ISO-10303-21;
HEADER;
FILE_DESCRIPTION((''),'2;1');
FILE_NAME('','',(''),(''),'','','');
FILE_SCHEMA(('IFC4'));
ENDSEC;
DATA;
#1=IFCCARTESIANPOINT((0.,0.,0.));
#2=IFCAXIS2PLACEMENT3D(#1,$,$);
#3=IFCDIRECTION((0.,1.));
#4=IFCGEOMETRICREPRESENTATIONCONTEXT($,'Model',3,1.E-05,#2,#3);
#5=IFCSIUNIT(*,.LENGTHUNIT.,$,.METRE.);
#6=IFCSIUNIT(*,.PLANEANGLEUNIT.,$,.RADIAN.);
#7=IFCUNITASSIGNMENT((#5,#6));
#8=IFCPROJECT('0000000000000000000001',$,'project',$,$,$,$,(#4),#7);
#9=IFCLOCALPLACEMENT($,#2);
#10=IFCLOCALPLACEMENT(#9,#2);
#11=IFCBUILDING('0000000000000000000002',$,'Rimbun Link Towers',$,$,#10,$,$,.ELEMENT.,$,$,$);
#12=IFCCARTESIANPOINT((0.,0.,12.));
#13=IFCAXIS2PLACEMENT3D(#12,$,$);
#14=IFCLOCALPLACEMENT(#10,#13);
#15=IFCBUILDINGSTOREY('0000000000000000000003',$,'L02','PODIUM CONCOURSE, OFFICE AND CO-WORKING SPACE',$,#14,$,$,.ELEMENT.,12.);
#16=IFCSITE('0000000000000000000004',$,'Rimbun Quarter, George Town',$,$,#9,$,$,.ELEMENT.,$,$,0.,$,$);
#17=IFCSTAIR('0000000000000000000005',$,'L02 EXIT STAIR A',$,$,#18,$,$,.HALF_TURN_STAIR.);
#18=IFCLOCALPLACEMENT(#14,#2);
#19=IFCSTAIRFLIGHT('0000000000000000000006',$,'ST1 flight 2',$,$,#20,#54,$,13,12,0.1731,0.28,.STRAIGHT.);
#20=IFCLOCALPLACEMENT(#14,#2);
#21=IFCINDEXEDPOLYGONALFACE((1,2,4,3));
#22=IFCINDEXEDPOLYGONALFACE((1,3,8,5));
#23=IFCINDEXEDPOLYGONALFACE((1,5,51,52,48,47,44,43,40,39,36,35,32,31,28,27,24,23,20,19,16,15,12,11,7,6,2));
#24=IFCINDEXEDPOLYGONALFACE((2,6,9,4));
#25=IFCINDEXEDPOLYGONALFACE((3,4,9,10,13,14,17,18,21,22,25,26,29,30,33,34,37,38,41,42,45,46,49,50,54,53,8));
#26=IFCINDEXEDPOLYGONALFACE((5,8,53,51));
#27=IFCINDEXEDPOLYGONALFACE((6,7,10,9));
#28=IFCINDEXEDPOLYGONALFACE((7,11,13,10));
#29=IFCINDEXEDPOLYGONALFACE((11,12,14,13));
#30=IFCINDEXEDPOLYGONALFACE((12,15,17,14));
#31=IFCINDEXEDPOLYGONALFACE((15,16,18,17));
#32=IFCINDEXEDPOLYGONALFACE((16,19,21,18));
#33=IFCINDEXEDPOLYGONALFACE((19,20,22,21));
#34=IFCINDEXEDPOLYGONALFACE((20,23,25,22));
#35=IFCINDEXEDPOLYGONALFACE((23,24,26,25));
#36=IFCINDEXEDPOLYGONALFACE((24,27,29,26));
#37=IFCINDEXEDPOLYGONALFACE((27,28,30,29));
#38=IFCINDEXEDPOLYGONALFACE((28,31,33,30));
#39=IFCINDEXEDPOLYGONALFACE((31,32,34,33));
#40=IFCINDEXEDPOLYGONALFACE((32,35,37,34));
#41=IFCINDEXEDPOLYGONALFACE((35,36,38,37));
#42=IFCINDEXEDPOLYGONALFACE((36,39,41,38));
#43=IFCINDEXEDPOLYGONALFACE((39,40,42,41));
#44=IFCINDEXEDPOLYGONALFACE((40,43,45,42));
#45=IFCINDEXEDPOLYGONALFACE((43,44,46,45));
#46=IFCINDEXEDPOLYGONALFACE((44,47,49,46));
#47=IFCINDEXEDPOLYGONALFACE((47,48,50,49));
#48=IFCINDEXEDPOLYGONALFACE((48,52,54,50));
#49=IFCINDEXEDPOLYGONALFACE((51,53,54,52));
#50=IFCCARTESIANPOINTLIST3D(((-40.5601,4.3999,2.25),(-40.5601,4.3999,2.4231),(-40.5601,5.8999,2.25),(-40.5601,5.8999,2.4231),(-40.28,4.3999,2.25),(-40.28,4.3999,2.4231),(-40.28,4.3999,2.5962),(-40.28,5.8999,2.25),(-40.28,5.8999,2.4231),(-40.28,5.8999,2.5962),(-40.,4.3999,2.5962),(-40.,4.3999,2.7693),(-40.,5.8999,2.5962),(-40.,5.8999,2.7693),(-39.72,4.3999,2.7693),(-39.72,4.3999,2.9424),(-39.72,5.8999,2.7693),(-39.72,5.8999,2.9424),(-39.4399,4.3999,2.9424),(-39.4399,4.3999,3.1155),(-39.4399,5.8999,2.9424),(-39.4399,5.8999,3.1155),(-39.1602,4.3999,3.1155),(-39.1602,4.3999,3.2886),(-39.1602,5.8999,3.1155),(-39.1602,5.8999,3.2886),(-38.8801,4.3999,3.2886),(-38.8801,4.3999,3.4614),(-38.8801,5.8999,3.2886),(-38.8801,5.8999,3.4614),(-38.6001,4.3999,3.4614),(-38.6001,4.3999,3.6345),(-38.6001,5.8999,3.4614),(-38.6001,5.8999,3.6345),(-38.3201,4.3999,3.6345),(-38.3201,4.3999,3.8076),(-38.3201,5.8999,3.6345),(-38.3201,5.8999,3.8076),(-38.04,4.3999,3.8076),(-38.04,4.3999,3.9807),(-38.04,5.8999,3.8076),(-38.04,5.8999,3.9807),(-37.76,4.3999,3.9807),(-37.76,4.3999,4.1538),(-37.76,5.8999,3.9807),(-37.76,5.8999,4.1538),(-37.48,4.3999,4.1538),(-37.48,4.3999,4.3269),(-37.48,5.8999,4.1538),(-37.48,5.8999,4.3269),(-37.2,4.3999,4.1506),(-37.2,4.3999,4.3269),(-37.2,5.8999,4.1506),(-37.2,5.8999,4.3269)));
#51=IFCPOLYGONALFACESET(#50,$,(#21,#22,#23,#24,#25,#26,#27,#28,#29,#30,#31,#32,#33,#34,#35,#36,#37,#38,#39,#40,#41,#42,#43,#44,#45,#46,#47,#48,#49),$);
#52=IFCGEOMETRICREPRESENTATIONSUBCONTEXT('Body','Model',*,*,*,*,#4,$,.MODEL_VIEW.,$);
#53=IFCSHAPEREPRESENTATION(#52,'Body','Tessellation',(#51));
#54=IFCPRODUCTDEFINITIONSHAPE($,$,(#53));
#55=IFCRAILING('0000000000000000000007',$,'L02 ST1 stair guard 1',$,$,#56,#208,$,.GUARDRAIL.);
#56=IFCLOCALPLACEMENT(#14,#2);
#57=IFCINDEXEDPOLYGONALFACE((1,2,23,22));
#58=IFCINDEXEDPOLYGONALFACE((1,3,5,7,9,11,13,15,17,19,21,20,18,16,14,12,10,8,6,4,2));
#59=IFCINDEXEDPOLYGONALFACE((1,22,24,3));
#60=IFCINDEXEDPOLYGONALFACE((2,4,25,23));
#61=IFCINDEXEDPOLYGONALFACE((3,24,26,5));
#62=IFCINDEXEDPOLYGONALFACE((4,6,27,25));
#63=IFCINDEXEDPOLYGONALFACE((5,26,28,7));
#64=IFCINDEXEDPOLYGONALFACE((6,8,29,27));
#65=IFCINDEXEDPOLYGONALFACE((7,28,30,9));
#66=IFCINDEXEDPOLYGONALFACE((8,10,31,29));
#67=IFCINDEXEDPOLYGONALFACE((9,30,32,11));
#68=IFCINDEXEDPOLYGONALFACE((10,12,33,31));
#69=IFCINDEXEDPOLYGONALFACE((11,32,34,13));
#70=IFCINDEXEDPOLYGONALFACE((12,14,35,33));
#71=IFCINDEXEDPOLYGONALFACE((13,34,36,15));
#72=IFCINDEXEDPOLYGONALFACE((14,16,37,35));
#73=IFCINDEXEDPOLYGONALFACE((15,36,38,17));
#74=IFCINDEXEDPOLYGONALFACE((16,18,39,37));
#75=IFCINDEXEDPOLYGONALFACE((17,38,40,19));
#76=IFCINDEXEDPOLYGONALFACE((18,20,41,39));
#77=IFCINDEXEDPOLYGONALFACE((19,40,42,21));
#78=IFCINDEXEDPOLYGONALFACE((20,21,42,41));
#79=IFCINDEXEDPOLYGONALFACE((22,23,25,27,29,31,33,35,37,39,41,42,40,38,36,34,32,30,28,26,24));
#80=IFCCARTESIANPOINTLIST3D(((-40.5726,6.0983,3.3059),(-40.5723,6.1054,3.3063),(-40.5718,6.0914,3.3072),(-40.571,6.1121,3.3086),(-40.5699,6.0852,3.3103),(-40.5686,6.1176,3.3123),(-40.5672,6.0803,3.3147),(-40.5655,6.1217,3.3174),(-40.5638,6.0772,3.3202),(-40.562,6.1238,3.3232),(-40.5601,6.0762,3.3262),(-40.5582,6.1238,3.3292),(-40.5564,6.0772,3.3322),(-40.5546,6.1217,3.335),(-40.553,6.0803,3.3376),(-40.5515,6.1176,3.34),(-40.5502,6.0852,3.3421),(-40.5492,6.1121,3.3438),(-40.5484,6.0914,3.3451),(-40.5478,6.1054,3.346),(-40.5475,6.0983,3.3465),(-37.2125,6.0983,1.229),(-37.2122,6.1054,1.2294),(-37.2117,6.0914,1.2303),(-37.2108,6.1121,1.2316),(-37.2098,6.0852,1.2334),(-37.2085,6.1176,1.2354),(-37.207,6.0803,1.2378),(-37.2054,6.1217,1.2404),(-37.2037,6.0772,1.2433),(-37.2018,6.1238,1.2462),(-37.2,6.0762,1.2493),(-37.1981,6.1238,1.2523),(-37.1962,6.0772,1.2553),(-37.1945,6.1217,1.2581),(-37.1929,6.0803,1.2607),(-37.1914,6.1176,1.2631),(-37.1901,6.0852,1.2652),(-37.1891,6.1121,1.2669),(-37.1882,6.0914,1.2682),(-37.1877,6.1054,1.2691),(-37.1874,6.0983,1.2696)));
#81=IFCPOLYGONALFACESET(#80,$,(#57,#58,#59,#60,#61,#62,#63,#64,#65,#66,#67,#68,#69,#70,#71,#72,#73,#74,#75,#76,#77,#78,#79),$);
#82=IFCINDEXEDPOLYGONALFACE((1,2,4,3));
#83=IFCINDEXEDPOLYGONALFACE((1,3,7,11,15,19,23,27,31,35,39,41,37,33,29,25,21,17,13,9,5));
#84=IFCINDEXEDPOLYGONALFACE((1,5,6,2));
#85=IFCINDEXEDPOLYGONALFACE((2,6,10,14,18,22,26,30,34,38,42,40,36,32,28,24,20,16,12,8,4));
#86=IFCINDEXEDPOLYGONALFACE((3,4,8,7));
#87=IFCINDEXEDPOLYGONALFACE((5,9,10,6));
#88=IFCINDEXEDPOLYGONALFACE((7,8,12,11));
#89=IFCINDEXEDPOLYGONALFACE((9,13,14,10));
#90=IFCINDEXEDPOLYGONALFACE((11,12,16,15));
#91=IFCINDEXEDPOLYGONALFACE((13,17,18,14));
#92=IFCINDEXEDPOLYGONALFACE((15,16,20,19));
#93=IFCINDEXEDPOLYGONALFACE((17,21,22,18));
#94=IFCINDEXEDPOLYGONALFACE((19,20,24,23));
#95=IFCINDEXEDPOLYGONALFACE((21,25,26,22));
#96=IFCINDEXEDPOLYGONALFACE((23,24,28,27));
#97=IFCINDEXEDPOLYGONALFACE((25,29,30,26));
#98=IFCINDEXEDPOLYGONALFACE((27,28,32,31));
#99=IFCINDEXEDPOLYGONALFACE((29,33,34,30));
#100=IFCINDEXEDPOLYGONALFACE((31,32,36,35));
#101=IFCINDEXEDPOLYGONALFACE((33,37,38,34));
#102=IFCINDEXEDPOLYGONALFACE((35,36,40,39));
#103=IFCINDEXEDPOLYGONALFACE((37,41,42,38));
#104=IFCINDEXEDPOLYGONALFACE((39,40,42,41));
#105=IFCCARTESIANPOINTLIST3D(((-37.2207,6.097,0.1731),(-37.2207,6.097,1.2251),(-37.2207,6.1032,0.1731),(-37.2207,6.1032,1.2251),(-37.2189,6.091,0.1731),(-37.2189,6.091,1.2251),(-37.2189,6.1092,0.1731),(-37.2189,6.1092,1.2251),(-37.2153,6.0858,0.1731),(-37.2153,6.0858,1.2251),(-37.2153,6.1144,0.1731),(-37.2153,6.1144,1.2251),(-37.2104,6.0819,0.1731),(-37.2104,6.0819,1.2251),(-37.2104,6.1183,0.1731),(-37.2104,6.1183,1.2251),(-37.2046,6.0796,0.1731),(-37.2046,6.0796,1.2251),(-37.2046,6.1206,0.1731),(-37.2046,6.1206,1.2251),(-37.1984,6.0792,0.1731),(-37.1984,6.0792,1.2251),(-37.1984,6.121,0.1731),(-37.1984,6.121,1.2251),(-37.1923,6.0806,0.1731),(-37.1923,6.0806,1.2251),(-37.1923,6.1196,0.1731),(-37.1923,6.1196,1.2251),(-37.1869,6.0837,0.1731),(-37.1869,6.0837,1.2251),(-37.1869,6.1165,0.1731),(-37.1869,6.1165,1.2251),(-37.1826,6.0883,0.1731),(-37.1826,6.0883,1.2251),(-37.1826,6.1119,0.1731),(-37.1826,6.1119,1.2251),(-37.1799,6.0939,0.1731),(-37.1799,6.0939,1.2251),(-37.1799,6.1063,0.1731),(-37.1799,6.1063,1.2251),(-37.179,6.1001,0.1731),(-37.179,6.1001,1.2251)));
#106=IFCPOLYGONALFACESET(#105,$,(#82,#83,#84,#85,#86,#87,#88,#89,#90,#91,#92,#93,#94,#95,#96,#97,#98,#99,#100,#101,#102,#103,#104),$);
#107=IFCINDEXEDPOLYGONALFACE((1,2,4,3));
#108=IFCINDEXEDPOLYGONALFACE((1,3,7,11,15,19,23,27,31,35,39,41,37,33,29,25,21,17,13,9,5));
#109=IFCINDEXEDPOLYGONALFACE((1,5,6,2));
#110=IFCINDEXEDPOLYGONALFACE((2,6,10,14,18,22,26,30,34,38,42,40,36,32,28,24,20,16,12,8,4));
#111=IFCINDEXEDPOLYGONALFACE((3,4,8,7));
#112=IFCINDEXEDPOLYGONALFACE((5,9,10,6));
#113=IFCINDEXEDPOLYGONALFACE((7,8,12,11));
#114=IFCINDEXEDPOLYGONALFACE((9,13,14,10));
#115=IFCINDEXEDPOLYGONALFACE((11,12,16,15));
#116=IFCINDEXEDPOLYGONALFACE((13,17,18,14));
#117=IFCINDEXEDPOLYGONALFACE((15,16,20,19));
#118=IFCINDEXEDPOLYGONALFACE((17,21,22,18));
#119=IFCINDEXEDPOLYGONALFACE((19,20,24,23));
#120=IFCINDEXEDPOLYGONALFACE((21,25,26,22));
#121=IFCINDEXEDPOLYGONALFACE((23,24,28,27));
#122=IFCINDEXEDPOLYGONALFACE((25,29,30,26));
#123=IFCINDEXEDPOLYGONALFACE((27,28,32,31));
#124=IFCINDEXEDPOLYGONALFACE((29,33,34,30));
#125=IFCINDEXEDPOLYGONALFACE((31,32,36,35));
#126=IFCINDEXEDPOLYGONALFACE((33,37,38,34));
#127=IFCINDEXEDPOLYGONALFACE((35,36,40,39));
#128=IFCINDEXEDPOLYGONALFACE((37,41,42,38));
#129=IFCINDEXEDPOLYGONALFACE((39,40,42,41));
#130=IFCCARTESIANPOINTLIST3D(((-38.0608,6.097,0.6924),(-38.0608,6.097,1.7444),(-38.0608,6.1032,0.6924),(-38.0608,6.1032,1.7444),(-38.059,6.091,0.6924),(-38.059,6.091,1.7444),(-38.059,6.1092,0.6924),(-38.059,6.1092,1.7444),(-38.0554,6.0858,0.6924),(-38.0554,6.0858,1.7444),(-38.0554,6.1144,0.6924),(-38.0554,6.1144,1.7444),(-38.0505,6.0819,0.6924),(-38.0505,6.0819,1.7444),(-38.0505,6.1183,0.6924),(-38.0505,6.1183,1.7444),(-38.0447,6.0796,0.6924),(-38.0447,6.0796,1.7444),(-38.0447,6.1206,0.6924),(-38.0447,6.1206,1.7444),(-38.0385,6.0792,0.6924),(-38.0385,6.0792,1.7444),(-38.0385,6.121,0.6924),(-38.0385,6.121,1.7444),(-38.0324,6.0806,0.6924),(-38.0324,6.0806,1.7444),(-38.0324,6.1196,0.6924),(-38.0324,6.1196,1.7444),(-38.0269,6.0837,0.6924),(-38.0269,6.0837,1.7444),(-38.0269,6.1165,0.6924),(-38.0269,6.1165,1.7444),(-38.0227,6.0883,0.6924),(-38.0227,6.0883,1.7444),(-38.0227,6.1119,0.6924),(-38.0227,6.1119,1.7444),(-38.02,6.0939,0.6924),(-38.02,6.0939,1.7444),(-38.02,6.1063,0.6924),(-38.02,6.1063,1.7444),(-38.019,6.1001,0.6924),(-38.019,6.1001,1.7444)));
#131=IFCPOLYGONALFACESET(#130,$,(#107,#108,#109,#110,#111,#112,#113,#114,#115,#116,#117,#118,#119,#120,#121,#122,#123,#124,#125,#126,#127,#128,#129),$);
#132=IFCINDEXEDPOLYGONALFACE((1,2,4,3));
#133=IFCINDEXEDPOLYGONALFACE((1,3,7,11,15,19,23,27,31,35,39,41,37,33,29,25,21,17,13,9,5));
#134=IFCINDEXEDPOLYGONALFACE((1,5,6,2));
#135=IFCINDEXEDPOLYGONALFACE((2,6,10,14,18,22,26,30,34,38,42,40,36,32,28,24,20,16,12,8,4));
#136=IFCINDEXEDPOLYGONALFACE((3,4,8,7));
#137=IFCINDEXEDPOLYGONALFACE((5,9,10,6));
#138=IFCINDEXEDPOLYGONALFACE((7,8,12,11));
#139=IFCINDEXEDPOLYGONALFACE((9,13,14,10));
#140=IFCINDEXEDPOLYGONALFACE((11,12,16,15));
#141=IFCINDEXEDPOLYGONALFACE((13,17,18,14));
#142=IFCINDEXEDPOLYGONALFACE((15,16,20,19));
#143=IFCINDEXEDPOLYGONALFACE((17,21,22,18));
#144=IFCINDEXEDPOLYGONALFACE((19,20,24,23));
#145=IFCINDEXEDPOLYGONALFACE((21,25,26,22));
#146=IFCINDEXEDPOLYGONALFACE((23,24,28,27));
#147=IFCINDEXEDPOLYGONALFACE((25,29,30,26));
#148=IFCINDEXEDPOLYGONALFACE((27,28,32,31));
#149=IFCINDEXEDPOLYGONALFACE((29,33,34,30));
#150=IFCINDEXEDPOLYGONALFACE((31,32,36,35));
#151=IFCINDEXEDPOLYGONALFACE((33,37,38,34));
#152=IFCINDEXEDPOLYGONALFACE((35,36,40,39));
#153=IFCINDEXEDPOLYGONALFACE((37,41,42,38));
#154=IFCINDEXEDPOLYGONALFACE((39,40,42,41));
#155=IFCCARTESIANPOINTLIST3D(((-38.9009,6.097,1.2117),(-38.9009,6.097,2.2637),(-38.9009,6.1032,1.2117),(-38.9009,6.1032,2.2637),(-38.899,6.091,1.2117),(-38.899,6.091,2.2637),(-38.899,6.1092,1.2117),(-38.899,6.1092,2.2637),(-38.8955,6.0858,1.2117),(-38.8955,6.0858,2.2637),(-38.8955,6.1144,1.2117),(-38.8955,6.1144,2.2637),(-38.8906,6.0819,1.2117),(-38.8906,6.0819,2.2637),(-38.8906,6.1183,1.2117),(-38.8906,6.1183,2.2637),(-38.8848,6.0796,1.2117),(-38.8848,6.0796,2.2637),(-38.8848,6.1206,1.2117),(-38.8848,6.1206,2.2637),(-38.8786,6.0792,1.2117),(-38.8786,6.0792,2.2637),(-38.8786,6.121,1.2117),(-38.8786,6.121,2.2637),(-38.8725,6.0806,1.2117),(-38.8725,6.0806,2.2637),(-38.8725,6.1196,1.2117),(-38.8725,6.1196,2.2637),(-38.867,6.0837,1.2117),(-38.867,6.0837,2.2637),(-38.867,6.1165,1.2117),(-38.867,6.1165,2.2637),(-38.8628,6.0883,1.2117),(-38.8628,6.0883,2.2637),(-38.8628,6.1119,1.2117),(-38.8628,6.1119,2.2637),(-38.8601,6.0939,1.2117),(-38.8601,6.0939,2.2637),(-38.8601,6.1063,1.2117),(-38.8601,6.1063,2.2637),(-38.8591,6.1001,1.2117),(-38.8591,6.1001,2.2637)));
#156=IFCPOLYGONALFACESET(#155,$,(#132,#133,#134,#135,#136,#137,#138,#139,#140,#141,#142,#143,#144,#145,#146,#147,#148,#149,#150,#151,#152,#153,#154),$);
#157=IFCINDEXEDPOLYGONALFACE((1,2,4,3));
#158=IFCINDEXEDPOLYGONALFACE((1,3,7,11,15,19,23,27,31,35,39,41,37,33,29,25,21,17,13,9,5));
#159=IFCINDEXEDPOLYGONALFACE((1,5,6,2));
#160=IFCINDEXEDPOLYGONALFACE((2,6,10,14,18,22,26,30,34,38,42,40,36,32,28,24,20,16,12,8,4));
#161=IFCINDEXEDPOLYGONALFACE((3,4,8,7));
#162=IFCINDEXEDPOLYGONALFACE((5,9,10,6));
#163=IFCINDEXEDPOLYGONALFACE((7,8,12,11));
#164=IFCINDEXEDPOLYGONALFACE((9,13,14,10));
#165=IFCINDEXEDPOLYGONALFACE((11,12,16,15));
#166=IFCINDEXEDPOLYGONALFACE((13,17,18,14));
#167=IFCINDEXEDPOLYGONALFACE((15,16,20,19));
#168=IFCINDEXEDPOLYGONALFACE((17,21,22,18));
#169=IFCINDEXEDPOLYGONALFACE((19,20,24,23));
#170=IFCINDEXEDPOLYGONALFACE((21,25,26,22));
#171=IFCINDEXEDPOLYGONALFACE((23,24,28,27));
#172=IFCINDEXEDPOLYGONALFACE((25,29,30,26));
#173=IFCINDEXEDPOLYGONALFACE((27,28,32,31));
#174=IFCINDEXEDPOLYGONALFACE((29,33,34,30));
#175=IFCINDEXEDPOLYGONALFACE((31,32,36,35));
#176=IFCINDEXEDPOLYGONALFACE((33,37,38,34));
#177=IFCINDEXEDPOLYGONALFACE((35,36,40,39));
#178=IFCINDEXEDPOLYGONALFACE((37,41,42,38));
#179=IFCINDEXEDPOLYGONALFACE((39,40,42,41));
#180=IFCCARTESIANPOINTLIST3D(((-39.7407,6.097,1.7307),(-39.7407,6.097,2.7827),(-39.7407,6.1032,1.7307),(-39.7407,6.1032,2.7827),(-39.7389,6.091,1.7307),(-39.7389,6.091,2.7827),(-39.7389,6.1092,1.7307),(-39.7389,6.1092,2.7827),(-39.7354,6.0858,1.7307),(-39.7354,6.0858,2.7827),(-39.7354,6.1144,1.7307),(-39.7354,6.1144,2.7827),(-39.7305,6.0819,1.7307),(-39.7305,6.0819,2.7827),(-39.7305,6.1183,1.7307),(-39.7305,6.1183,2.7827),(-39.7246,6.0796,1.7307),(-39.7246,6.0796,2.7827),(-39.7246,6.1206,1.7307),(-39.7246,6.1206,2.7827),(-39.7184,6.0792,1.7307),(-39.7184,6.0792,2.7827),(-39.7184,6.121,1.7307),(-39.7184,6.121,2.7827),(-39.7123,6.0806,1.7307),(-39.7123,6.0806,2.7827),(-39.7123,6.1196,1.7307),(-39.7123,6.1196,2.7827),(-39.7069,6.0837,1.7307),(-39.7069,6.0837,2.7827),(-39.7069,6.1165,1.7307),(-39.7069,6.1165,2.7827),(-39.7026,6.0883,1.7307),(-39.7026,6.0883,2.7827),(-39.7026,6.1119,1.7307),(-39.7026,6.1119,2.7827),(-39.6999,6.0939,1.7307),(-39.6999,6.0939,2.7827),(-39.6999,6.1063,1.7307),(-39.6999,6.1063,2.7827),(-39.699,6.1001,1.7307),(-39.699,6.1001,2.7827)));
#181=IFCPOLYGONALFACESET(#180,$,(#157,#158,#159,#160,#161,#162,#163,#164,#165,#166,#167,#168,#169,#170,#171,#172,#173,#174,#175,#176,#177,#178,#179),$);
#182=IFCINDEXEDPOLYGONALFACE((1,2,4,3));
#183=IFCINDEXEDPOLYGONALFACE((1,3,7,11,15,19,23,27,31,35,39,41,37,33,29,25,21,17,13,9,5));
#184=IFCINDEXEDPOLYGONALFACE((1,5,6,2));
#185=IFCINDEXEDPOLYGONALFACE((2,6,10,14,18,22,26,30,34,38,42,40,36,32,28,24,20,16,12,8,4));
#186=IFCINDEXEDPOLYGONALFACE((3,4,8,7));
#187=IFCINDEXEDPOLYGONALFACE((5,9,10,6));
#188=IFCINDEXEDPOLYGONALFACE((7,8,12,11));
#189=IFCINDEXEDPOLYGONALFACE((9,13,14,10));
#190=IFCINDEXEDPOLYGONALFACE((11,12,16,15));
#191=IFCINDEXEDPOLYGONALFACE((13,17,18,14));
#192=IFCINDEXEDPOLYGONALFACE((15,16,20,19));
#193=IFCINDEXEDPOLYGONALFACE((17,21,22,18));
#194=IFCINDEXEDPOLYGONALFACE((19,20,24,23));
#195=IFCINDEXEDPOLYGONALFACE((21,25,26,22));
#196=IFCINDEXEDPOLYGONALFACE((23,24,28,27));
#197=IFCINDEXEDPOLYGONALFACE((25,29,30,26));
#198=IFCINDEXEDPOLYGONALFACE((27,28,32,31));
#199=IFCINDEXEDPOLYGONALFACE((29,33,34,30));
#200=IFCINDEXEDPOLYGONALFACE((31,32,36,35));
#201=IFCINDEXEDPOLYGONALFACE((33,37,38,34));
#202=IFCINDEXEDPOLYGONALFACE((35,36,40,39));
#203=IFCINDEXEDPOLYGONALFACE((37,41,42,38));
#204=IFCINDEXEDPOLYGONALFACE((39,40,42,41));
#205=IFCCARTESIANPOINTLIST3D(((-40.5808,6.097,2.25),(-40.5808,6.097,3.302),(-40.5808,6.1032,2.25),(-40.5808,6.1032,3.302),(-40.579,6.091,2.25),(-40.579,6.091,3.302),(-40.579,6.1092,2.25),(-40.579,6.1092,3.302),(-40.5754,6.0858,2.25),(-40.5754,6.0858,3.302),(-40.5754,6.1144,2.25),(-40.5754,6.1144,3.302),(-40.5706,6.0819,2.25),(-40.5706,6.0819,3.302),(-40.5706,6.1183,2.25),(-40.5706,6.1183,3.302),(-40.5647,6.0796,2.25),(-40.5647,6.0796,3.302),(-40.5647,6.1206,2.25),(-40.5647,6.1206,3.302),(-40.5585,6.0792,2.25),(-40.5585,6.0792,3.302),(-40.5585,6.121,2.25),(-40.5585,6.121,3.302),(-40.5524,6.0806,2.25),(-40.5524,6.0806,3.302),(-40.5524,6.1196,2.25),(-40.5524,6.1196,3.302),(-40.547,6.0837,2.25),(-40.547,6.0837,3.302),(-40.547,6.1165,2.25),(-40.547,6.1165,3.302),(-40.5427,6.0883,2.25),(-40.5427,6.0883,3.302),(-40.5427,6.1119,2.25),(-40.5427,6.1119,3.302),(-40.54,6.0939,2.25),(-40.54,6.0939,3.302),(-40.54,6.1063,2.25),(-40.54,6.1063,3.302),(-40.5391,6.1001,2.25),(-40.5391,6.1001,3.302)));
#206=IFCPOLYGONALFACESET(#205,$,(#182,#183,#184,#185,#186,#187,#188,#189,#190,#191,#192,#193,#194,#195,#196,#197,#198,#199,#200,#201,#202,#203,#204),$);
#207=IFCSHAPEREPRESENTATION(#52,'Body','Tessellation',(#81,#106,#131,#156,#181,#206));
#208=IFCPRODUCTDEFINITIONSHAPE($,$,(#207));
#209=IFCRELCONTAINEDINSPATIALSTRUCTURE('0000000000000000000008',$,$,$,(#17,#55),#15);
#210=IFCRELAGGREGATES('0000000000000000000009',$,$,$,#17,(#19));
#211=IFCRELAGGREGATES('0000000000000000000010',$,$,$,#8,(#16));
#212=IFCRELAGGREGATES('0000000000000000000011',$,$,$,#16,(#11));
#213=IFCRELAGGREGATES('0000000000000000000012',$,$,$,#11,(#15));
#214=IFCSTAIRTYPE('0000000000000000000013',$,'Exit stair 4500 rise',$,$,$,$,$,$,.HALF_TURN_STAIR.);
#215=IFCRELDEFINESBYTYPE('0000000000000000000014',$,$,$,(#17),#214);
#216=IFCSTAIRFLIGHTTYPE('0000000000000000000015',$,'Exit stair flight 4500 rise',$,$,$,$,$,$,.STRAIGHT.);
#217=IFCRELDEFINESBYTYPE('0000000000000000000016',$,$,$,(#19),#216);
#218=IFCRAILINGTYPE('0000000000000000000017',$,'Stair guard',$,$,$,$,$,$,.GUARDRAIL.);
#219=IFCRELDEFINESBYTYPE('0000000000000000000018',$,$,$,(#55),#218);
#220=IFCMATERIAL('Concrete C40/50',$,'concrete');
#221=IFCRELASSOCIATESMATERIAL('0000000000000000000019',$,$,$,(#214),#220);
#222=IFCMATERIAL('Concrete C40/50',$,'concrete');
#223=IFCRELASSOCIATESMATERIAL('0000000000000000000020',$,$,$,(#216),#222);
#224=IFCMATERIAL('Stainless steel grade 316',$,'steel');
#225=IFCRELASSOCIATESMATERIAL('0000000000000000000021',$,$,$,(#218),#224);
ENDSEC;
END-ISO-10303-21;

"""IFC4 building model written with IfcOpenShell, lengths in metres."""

from ifc_helpers import new_model, si_unit, direction, frame, origin, origin_2d, place, context, subcontext, project, spatial, polyline, circle, outline, extrude, material, type_object, element, aggregate, save


model = new_model("IFC4")

# Units and contexts
model_context = context("Model", 3, precision=1e-05, world=origin(), true_north=direction((0.0, 1.0)))
body_context = subcontext(model_context, "Body", "Model", "MODEL_VIEW")
ifc_project = project(units=[si_unit("LENGTHUNIT", "METRE"), si_unit("PLANEANGLEUNIT", "RADIAN")], contexts=[model_context])

# Site, building, storey
site_placement = place(None, origin())
site = spatial("IfcSite", under=ifc_project, at=site_placement, Name="Rimbun Quarter, George Town", CompositionType="ELEMENT", RefElevation=0.0)
building_placement = place(site_placement, origin())
building = spatial("IfcBuilding", under=site, at=building_placement, Name="Rimbun Link Towers", CompositionType="ELEMENT")
storey_placement = place(building_placement, frame((0.0, 0.0, 12.0)))
storey = spatial("IfcBuildingStorey", under=building, at=storey_placement, Name="L02", Description="PODIUM CONCOURSE, OFFICE AND CO-WORKING SPACE", CompositionType="ELEMENT", Elevation=12.0)

# Stair, stair flight
ifc_material_1 = material(Name="Concrete C40/50", Category="concrete")
stair_type = type_object("IfcStairType", Name="Exit stair 4500 rise", PredefinedType="HALF_TURN_STAIR", material=ifc_material_1)
stair_placement = place(storey_placement, origin())
stair = element("IfcStair", 1, at=stair_placement, inside=storey, type_object=stair_type, Name="L02 EXIT STAIR A", PredefinedType="HALF_TURN_STAIR")
ifc_material_2 = material(Name="Concrete C40/50", Category="concrete")
stair_flight_type = type_object("IfcStairFlightType", Name="Exit stair flight 4500 rise", PredefinedType="STRAIGHT", material=ifc_material_2)
stair_flight_1_placement = place(storey_placement, frame((-40.5601, 5.1499, 2.25), z_axis=(0.0, 0.0, 1.0), x_axis=(1.0, 0.0, 0.0)))
stair_flight_1 = element("IfcStairFlight", 2, at=stair_flight_1_placement, type_object=stair_flight_type, Name="ST1 flight 2", NumberOfRisers=13, NumberOfTreads=12, PredefinedType="STRAIGHT", RiserHeight=0.1731, TreadLength=0.28, context=body_context, shape_type="SweptSolid", body=[
    extrude(outline(polyline([(0.0, 0.0), (0.0, 0.1731), (0.28, 0.1731), (0.28, 0.3462), (0.5601, 0.3462), (0.5601, 0.5193), (0.8401, 0.5193), (0.8401, 0.6924), (1.1201, 0.6924), (1.1201, 0.8655), (1.3999, 0.8655), (1.3999, 1.0386), (1.6799, 1.0386), (1.6799, 1.2114), (1.96, 1.2114), (1.96, 1.3845), (2.24, 1.3845), (2.24, 1.5576), (2.52, 1.5576), (2.52, 1.7307), (2.8, 1.7307), (2.8, 1.9038), (3.0801, 1.9038), (3.0801, 2.0769), (3.3601, 2.0769), (3.3601, 2.25), (3.3601, 1.9006), (0.28, 0.0), (0.0, 0.0)])), frame((0.0, 0.75, 0.0), z_axis=(0.0, -1.0, 0.0), x_axis=(1.0, 0.0, 0.0)), (0.0, 0.0, 1.0), 1.5),
])
aggregate(stair, [stair_flight_1])

# Railing
ifc_material_3 = material(Name="Stainless steel grade 316", Category="steel")
railing_type_1 = type_object("IfcRailingType", Name="Stair guard", PredefinedType="GUARDRAIL", material=ifc_material_3)
railing_1_placement = place(storey_placement, frame((-37.2, 6.1001, 0.1731)))
element("IfcRailing", 3, at=railing_1_placement, inside=storey, type_object=railing_type_1, Name="L02 ST1 stair guard 1", PredefinedType="GUARDRAIL", context=body_context, shape_type="SweptSolid", body=[
    extrude(circle(Radius=0.0239, at=origin_2d()), frame((0.0, 0.0, 1.0762), z_axis=(-0.850623, 0.0, 0.525776), x_axis=(0.0, -1.0, 0.0)), (0.0, 0.0, 1.0), 3.9502),
    extrude(circle(Radius=0.021, at=origin_2d()), origin(), (0.0, 0.0, 1.0), 1.052),
    extrude(circle(Radius=0.021, at=origin_2d()), frame((-0.8401, 0.0, 0.5193)), (0.0, 0.0, 1.0), 1.052),
    extrude(circle(Radius=0.021, at=origin_2d()), frame((-1.6802, 0.0, 1.0386)), (0.0, 0.0, 1.0), 1.052),
    extrude(circle(Radius=0.021, at=origin_2d()), frame((-2.52, 0.0, 1.5576)), (0.0, 0.0, 1.0), 1.052),
    extrude(circle(Radius=0.021, at=origin_2d()), frame((-3.3601, 0.0, 2.0769)), (0.0, 0.0, 1.0), 1.052),
])

save(model, "model.ifc")
